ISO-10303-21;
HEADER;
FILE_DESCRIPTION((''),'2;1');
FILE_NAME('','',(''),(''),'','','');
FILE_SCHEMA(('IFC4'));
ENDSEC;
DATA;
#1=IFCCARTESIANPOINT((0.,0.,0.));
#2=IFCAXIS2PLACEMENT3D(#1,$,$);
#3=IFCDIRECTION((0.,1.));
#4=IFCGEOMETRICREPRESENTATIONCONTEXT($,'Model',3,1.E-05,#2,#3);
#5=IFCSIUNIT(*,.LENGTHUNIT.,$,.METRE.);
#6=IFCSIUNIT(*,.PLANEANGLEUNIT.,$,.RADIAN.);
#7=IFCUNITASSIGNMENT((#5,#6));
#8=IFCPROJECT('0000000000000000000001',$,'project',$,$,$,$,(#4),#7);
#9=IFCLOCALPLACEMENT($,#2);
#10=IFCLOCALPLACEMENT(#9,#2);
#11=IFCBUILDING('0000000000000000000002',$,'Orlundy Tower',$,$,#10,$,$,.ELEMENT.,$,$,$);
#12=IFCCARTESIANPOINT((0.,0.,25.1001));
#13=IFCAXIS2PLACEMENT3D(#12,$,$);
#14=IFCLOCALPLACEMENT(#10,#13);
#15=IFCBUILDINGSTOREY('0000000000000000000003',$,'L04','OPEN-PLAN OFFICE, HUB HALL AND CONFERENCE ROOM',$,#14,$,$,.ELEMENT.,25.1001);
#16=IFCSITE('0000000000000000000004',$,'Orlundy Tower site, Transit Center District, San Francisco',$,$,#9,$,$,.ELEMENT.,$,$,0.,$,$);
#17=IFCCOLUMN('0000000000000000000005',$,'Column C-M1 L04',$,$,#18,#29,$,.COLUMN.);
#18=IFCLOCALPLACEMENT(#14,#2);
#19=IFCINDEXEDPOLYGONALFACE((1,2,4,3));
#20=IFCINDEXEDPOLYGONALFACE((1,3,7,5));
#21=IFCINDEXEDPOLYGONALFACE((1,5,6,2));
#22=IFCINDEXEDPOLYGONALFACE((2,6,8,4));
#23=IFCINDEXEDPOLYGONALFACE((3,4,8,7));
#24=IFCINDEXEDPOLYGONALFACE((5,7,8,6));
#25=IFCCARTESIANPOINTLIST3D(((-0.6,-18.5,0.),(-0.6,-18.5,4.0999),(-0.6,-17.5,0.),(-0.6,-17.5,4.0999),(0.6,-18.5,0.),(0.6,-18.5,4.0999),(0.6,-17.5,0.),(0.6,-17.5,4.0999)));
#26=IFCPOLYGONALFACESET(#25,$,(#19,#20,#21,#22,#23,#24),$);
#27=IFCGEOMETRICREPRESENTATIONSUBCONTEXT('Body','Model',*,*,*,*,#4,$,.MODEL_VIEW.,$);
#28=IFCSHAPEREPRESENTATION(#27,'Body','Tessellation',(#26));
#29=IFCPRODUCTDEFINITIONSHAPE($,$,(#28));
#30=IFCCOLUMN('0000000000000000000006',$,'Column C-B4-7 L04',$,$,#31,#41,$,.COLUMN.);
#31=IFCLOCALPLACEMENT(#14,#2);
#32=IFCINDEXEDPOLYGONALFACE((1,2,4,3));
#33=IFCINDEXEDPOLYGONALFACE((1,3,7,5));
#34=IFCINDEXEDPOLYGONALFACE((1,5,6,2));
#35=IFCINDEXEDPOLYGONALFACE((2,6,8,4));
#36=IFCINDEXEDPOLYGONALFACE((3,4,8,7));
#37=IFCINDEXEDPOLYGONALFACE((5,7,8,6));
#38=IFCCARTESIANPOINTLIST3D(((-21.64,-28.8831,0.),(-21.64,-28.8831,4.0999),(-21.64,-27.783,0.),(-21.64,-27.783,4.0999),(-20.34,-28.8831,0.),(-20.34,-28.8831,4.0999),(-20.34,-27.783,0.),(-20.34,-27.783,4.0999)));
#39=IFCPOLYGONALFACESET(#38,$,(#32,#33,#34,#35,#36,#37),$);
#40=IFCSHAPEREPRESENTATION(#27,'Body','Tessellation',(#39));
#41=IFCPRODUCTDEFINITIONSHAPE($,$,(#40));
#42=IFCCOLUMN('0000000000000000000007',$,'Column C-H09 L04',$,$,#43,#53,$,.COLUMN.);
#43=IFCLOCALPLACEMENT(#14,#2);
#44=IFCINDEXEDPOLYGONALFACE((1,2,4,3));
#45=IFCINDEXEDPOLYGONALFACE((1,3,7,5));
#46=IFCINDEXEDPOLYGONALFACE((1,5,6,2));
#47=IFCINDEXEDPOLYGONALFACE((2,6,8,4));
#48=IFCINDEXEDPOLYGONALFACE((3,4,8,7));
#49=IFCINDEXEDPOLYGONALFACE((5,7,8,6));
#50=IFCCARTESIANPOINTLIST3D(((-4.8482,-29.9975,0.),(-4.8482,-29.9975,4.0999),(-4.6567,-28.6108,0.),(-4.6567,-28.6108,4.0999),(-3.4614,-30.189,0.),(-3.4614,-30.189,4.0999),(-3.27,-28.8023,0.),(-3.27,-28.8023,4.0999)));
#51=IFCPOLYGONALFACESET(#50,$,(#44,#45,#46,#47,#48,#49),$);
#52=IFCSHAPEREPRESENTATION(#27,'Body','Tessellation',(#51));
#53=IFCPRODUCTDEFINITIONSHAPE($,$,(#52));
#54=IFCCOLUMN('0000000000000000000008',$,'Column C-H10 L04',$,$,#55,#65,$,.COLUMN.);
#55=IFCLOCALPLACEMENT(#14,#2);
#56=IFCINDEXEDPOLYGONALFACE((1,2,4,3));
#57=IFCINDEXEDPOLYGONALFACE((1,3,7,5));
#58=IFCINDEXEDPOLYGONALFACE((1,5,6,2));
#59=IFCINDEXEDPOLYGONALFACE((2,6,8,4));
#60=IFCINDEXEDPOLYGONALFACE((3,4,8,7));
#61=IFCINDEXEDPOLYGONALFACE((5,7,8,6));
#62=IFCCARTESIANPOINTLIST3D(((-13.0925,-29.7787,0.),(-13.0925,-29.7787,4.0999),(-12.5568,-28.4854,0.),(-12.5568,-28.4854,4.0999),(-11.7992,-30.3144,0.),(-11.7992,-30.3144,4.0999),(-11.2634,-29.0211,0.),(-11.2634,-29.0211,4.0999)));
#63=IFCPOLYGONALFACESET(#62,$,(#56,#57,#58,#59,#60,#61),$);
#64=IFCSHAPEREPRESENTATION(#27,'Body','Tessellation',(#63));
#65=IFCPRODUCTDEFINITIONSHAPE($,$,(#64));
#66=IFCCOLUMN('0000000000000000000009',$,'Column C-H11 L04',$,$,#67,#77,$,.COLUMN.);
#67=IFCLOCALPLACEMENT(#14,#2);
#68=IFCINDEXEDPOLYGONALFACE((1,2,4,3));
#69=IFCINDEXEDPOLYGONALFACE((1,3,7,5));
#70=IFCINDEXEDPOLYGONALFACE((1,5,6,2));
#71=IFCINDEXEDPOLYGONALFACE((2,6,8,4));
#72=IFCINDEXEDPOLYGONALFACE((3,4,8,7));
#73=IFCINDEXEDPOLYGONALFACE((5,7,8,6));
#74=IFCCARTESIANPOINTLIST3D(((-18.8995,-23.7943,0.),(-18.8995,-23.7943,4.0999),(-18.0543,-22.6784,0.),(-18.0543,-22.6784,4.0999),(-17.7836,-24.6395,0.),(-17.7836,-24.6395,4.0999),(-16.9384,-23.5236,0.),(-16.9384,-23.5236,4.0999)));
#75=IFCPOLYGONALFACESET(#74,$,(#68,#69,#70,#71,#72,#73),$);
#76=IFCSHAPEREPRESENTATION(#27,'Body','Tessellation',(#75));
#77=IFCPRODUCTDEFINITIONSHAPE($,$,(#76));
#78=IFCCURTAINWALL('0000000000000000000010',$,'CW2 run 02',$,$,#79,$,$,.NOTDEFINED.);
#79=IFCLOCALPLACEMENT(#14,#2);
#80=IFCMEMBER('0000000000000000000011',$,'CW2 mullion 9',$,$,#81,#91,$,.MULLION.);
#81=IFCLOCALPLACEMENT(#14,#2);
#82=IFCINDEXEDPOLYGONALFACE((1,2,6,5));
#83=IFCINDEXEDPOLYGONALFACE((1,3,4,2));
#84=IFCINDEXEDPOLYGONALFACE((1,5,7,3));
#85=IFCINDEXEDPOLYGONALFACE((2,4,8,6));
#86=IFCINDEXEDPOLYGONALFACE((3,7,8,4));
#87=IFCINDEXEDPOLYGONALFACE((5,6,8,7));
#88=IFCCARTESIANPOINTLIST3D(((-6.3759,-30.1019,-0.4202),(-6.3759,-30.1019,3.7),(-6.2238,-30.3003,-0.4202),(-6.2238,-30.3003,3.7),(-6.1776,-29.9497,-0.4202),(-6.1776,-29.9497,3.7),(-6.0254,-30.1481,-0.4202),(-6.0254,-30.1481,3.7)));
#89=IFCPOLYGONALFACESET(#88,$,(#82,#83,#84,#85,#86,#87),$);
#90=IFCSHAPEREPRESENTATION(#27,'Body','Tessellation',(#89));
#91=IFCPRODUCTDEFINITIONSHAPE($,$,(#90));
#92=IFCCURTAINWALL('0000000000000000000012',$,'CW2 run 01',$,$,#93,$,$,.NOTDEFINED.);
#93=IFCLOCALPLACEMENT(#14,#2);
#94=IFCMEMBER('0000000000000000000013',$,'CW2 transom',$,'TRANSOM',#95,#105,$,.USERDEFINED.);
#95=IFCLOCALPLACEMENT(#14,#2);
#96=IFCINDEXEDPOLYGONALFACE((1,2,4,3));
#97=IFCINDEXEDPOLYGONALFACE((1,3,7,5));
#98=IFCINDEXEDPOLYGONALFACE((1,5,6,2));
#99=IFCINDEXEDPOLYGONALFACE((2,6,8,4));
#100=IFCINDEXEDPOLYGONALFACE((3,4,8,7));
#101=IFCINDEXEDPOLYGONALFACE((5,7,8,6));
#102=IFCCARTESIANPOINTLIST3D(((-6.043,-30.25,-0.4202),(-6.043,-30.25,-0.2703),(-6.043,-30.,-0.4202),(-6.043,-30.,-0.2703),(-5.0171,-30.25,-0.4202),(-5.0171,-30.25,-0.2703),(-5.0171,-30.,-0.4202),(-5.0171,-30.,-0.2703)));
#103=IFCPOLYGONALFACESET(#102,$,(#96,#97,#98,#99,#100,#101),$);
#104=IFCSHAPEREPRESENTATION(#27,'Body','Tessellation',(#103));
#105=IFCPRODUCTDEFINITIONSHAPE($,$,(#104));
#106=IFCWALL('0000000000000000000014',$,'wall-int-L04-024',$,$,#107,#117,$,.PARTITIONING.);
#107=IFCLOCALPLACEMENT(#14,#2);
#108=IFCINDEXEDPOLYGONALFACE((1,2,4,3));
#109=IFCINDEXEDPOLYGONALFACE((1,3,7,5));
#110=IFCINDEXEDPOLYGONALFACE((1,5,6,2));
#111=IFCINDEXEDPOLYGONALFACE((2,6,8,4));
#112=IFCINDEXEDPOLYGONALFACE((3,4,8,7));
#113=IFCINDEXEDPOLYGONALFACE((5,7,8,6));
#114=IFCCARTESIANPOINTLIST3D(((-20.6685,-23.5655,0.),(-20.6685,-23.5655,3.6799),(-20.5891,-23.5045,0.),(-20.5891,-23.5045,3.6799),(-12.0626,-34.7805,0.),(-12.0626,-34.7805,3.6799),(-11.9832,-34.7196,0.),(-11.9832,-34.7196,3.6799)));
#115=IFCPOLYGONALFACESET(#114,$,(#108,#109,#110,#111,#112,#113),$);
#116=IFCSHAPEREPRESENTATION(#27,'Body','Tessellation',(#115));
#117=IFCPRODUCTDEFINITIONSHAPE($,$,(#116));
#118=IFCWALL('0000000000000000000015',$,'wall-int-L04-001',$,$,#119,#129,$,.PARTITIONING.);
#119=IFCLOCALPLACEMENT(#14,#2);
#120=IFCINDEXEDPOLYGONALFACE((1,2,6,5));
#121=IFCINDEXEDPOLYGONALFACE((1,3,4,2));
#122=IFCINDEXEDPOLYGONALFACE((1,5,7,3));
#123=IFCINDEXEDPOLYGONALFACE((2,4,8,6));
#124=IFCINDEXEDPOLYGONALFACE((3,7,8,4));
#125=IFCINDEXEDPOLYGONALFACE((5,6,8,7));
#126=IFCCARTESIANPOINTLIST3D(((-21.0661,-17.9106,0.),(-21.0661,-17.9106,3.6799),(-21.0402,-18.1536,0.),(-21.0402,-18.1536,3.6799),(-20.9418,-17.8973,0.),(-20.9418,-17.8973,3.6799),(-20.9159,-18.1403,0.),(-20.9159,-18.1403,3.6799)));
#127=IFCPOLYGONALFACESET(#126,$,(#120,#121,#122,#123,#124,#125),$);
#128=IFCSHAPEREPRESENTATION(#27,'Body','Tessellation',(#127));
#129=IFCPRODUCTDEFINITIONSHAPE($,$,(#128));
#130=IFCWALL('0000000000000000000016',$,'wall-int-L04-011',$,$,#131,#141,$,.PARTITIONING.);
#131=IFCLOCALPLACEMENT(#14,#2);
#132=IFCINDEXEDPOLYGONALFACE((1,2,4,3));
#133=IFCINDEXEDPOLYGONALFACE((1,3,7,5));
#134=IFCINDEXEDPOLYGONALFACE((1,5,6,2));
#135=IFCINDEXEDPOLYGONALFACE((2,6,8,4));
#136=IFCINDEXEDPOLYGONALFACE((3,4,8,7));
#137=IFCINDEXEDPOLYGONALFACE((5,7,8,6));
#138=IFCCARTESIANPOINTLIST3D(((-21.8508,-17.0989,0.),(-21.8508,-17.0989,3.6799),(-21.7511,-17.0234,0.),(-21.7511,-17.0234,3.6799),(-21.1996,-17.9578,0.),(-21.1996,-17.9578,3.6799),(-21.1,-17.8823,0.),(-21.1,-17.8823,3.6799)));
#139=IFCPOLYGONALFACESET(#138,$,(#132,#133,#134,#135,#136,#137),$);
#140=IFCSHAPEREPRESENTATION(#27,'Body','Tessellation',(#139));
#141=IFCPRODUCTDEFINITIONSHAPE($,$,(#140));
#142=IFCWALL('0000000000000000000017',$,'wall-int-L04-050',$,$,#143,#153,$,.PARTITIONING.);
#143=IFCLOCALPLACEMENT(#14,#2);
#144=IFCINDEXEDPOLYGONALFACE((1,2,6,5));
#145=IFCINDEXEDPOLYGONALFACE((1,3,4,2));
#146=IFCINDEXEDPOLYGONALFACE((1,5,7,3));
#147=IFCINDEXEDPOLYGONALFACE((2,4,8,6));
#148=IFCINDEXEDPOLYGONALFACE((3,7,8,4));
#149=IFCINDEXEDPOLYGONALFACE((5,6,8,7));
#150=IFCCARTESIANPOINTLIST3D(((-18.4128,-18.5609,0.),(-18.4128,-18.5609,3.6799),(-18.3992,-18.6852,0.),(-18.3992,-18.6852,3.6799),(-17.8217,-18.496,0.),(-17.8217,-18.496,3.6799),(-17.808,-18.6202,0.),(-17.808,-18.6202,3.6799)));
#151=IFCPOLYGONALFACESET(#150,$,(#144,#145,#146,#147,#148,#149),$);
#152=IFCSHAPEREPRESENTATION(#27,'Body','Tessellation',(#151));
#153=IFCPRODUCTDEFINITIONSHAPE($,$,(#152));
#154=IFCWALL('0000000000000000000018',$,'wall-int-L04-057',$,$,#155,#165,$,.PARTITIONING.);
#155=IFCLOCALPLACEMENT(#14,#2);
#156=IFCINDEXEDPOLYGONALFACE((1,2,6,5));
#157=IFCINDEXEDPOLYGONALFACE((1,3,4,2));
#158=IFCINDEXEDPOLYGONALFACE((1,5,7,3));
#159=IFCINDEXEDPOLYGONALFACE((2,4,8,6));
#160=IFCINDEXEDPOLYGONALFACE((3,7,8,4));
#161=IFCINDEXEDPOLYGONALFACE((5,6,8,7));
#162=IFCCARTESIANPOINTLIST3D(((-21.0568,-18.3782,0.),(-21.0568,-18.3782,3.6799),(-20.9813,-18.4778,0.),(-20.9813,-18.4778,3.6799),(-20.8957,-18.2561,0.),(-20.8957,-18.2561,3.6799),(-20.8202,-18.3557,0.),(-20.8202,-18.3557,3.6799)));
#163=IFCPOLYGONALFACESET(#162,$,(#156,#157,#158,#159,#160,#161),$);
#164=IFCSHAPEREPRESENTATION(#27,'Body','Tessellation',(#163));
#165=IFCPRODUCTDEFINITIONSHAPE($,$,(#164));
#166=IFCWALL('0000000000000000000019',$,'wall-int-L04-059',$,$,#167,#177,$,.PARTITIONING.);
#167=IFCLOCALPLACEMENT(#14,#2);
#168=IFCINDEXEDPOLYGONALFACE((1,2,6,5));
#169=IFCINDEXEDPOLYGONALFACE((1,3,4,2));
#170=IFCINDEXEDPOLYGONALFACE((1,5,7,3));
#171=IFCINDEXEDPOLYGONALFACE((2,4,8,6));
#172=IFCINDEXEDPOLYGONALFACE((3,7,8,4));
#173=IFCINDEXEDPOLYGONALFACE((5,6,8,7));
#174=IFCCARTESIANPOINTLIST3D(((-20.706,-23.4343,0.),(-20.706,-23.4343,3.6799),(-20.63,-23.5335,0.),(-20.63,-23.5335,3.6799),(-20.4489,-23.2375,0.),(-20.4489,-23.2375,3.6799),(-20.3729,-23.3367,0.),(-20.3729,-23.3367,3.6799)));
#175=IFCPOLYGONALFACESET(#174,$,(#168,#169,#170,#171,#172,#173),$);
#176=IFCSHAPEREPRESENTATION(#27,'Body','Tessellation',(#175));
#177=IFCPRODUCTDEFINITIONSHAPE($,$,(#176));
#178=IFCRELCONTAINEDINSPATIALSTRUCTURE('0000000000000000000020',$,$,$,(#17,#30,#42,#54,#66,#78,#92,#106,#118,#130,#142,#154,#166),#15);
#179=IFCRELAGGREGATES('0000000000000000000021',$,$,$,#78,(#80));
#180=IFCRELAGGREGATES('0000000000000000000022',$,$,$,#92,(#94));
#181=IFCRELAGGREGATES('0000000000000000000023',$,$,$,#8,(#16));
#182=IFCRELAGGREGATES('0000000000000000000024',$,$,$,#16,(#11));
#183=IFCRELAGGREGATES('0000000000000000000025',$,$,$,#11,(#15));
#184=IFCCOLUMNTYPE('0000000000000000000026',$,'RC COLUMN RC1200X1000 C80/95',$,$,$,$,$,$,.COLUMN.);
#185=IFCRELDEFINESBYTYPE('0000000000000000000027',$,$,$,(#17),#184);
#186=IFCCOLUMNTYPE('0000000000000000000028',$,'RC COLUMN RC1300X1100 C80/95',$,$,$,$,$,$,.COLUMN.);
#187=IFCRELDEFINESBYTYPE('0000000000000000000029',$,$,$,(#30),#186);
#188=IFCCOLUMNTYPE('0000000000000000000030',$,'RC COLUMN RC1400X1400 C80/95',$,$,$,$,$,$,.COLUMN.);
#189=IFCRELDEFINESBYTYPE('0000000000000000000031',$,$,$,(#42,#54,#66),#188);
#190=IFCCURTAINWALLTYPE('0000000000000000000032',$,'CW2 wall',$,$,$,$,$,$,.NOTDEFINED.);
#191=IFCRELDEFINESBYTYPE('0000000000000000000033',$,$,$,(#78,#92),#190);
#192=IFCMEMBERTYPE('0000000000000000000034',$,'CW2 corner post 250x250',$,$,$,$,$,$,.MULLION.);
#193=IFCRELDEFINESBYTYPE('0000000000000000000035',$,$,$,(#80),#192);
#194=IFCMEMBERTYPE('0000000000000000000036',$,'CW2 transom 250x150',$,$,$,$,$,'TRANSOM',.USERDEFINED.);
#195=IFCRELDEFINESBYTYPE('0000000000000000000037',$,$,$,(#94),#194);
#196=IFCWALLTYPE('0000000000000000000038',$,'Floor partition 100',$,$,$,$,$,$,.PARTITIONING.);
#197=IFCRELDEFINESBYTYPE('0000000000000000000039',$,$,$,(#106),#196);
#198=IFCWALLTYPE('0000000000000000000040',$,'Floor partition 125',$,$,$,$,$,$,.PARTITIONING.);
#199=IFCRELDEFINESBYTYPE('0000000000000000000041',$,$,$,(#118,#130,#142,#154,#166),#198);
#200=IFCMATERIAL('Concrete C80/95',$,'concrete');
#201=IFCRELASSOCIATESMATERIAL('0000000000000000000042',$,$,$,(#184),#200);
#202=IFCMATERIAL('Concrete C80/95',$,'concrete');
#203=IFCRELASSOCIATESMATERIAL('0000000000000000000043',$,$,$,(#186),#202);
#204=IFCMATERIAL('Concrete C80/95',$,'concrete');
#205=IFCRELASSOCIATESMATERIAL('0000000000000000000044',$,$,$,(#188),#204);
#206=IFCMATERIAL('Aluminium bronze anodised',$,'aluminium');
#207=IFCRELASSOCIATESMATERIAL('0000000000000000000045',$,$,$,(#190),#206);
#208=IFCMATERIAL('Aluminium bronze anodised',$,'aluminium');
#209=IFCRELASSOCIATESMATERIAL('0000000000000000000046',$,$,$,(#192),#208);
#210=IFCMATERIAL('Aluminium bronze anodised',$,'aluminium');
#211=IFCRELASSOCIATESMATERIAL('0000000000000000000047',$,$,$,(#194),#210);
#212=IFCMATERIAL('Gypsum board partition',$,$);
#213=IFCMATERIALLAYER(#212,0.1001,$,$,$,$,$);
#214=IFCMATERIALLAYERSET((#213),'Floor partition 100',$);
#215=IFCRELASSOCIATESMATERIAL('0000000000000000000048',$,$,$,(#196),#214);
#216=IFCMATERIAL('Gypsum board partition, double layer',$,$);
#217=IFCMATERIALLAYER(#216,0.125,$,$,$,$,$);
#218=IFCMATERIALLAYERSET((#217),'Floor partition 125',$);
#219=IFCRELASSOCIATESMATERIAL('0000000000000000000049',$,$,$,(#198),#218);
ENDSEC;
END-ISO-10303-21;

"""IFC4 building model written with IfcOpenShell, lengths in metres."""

from ifc_helpers import new_model, si_unit, direction, frame, frame_2d, origin, origin_2d, place, context, subcontext, project, spatial, rectangle, extrude, material, layer, layer_set, material_profile, profile_set, type_object, element, aggregate, save


model = new_model("IFC4")

# Units and contexts
model_context = context("Model", 3, precision=1e-05, world=origin(), true_north=direction((0.0, 1.0)))
body_context = subcontext(model_context, "Body", "Model", "MODEL_VIEW")
ifc_project = project(units=[si_unit("LENGTHUNIT", "METRE"), si_unit("PLANEANGLEUNIT", "RADIAN")], contexts=[model_context])

# Site, building, storey
site_placement = place(None, origin())
site = spatial("IfcSite", under=ifc_project, at=site_placement, Name="Orlundy Tower site, Transit Center District, San Francisco", CompositionType="ELEMENT", RefElevation=0.0)
building_placement = place(site_placement, origin())
building = spatial("IfcBuilding", under=site, at=building_placement, Name="Orlundy Tower", CompositionType="ELEMENT")
storey_placement = place(building_placement, frame((0.0, 0.0, 25.1001)))
storey = spatial("IfcBuildingStorey", under=building, at=storey_placement, Name="L04", Description="OPEN-PLAN OFFICE, HUB HALL AND CONFERENCE ROOM", CompositionType="ELEMENT", Elevation=25.1001)

# Columns
ifc_material_1 = material(Name="Concrete C80/95", Category="concrete")
ifc_material_profile_1 = material_profile(ifc_material_1, rectangle(XDim=1.2, YDim=1.0, at=origin_2d()), Name="RC1200X1000")
ifc_profile_set_1 = profile_set([ifc_material_profile_1], Name="Concrete C80/95")
column_type_1 = type_object("IfcColumnType", Name="RC COLUMN RC1200X1000 C80/95", PredefinedType="COLUMN", material=ifc_profile_set_1)
column_1_placement = place(storey_placement, frame((0.0, -18.0, 0.0), z_axis=(0.0, 0.0, 1.0), x_axis=(1.0, 0.0, 0.0)))
element("IfcColumn", 1, at=column_1_placement, inside=storey, type_object=column_type_1, Name="Column C-M1 L04", PredefinedType="COLUMN", context=body_context, shape_type="SweptSolid", body=[
    extrude(rectangle(XDim=1.2, YDim=1.0, at=origin_2d()), origin(), (0.0, 0.0, 1.0), 4.0999),
])
ifc_material_2 = material(Name="Concrete C80/95", Category="concrete")
ifc_material_profile_2 = material_profile(ifc_material_2, rectangle(XDim=1.3, YDim=1.1001, at=origin_2d()), Name="RC1300X1100")
ifc_profile_set_2 = profile_set([ifc_material_profile_2], Name="Concrete C80/95")
column_type_2 = type_object("IfcColumnType", Name="RC COLUMN RC1300X1100 C80/95", PredefinedType="COLUMN", material=ifc_profile_set_2)
column_2_placement = place(storey_placement, frame((-20.99, -28.333, 0.0), z_axis=(0.0, 0.0, 1.0), x_axis=(1.0, 0.0, 0.0)))
element("IfcColumn", 2, at=column_2_placement, inside=storey, type_object=column_type_2, Name="Column C-B4-7 L04", PredefinedType="COLUMN", context=body_context, shape_type="SweptSolid", body=[
    extrude(rectangle(XDim=1.3, YDim=1.1001, at=origin_2d()), origin(), (0.0, 0.0, 1.0), 4.0999),
])
ifc_material_3 = material(Name="Concrete C80/95", Category="concrete")
ifc_material_profile_3 = material_profile(ifc_material_3, rectangle(XDim=1.3999, YDim=1.3999, at=origin_2d()), Name="RC1400X1400")
ifc_profile_set_3 = profile_set([ifc_material_profile_3], Name="Concrete C80/95")
column_type_3 = type_object("IfcColumnType", Name="RC COLUMN RC1400X1400 C80/95", PredefinedType="COLUMN", material=ifc_profile_set_3)
for number, where, z_axis, x_axis, name in (
    (3, (-4.0591, -29.3999, 0.0), (0.0, 0.0, 1.0), (-0.13677, -0.990603, 0.0), "Column C-H09 L04"),
    (4, (-12.178, -29.3999, 0.0), (0.0, 0.0, 1.0), (-0.382683, -0.92388, 0.0), "Column C-H10 L04"),
    (5, (-17.9189, -23.6589, 0.0), (0.0, 0.0, 1.0), (-0.603765, -0.797163, 0.0), "Column C-H11 L04"),
):
    element("IfcColumn", number, at=place(storey_placement, frame(where, z_axis=z_axis, x_axis=x_axis)), inside=storey, type_object=column_type_3, Name=name, PredefinedType="COLUMN", context=body_context, shape_type="SweptSolid", body=[
        extrude(rectangle(XDim=1.3999, YDim=1.3999, at=origin_2d()), origin(), (0.0, 0.0, 1.0), 4.0999),
    ])

# Curtain walls, members
ifc_material_4 = material(Name="Aluminium bronze anodised", Category="aluminium")
curtain_wall_type = type_object("IfcCurtainWallType", Name="CW2 wall", PredefinedType="NOTDEFINED", material=ifc_material_4)
curtain_wall_1_placement = place(storey_placement, origin())
curtain_wall_1 = element("IfcCurtainWall", 6, at=curtain_wall_1_placement, inside=storey, type_object=curtain_wall_type, Name="CW2 run 02", PredefinedType="NOTDEFINED")
ifc_material_5 = material(Name="Aluminium bronze anodised", Category="aluminium")
ifc_material_profile_4 = material_profile(ifc_material_5, rectangle(XDim=0.25, YDim=0.25, at=origin_2d()), Name="CW2 corner post 250x250")
ifc_profile_set_4 = profile_set([ifc_material_profile_4], Name="Aluminium bronze anodised")
member_type_1 = type_object("IfcMemberType", Name="CW2 corner post 250x250", PredefinedType="MULLION", material=ifc_profile_set_4)
member_1_placement = place(storey_placement, frame((-6.2007, -30.125, -0.4202), z_axis=(0.0, 0.0, 1.0), x_axis=(0.608763, -0.793352, 0.0)))
member_1 = element("IfcMember", 7, at=member_1_placement, type_object=member_type_1, Name="CW2 mullion 9", PredefinedType="MULLION", context=body_context, shape_type="SweptSolid", body=[
    extrude(rectangle(XDim=0.25, YDim=0.25, at=origin_2d()), origin(), (0.0, 0.0, 1.0), 4.1201),
])
aggregate(curtain_wall_1, [member_1])
curtain_wall_2_placement = place(storey_placement, origin())
curtain_wall_2 = element("IfcCurtainWall", 8, at=curtain_wall_2_placement, inside=storey, type_object=curtain_wall_type, Name="CW2 run 01", PredefinedType="NOTDEFINED")
ifc_material_6 = material(Name="Aluminium bronze anodised", Category="aluminium")
ifc_material_profile_5 = material_profile(ifc_material_6, rectangle(XDim=0.25, YDim=0.1499, at=origin_2d()), Name="CW2 transom 250x150")
ifc_profile_set_5 = profile_set([ifc_material_profile_5], Name="Aluminium bronze anodised")
member_type_2 = type_object("IfcMemberType", Name="CW2 transom 250x150", ElementType="TRANSOM", PredefinedType="USERDEFINED", material=ifc_profile_set_5)
member_2_placement = place(storey_placement, frame((-5.0171, -30.125, -0.3452), z_axis=(-1.0, 0.0, 0.0), x_axis=(0.0, -1.0, 0.0)))
member_2 = element("IfcMember", 9, at=member_2_placement, type_object=member_type_2, Name="CW2 transom", ObjectType="TRANSOM", PredefinedType="USERDEFINED", context=body_context, shape_type="SweptSolid", body=[
    extrude(rectangle(XDim=0.25, YDim=0.1499, at=origin_2d()), origin(), (0.0, 0.0, 1.0), 1.0259),
])
aggregate(curtain_wall_2, [member_2])

# Walls
ifc_material_7 = material(Name="Gypsum board partition")
ifc_layer_1 = layer(ifc_material_7, 0.1001)
ifc_layer_set_1 = layer_set([ifc_layer_1], Name="Floor partition 100")
wall_type_1 = type_object("IfcWallType", Name="Floor partition 100", PredefinedType="PARTITIONING", material=ifc_layer_set_1)
wall_1_placement = place(storey_placement, frame((-20.6289, -23.5349, 0.0), z_axis=(0.0, 0.0, 1.0), x_axis=(0.608776, -0.793342, 0.0)))
element("IfcWall", 10, at=wall_1_placement, inside=storey, type_object=wall_type_1, Name="wall-int-L04-024", PredefinedType="PARTITIONING", context=body_context, shape_type="SweptSolid", body=[
    extrude(rectangle(XDim=14.1365, YDim=0.1001, at=frame_2d((7.0684, 0.0))), origin(), (0.0, 0.0, 1.0), 3.6799),
])
ifc_material_8 = material(Name="Gypsum board partition, double layer")
ifc_layer_2 = layer(ifc_material_8, 0.125)
ifc_layer_set_2 = layer_set([ifc_layer_2], Name="Floor partition 125")
wall_type_2 = type_object("IfcWallType", Name="Floor partition 125", PredefinedType="PARTITIONING", material=ifc_layer_set_2)
wall_2_placement = place(storey_placement, frame((-21.0039, -17.9041, 0.0), z_axis=(0.0, 0.0, 1.0), x_axis=(0.105933, -0.994373, 0.0)))
element("IfcWall", 11, at=wall_2_placement, inside=storey, type_object=wall_type_2, Name="wall-int-L04-001", PredefinedType="PARTITIONING", context=body_context, shape_type="SweptSolid", body=[
    extrude(rectangle(XDim=0.2444, YDim=0.125, at=frame_2d((0.1221, 0.0))), origin(), (0.0, 0.0, 1.0), 3.6799),
])
wall_3_placement = place(storey_placement, frame((-21.801, -17.061, 0.0), z_axis=(0.0, 0.0, 1.0), x_axis=(0.604124, -0.796891, 0.0)))
element("IfcWall", 12, at=wall_3_placement, inside=storey, type_object=wall_type_2, Name="wall-int-L04-011", PredefinedType="PARTITIONING", context=body_context, shape_type="SweptSolid", body=[
    extrude(rectangle(XDim=1.0779, YDim=0.125, at=frame_2d((0.5391, 0.0))), origin(), (0.0, 0.0, 1.0), 3.6799),
])
wall_4_placement = place(storey_placement, frame((-18.406, -18.623, 0.0), z_axis=(0.0, 0.0, 1.0), x_axis=(0.994018, 0.109215, 0.0)))
element("IfcWall", 13, at=wall_4_placement, inside=storey, type_object=wall_type_2, Name="wall-int-L04-050", PredefinedType="PARTITIONING", context=body_context, shape_type="SweptSolid", body=[
    extrude(rectangle(XDim=0.5947, YDim=0.125, at=frame_2d((0.2974, 0.0))), origin(), (0.0, 0.0, 1.0), 3.6799),
])
wall_5_placement = place(storey_placement, frame((-21.019, -18.428, 0.0), z_axis=(0.0, 0.0, 1.0), x_axis=(0.797092, 0.603858, 0.0)))
element("IfcWall", 14, at=wall_5_placement, inside=storey, type_object=wall_type_2, Name="wall-int-L04-057", PredefinedType="PARTITIONING", context=body_context, shape_type="SweptSolid", body=[
    extrude(rectangle(XDim=0.2021, YDim=0.125, at=frame_2d((0.1011, 0.0))), origin(), (0.0, 0.0, 1.0), 3.6799),
])
wall_6_placement = place(storey_placement, frame((-20.668, -23.4839, 0.0), z_axis=(0.0, 0.0, 1.0), x_axis=(0.794079, 0.607814, 0.0)))
element("IfcWall", 15, at=wall_6_placement, inside=storey, type_object=wall_type_2, Name="wall-int-L04-059", PredefinedType="PARTITIONING", context=body_context, shape_type="SweptSolid", body=[
    extrude(rectangle(XDim=0.3237, YDim=0.125, at=frame_2d((0.1619, 0.0))), origin(), (0.0, 0.0, 1.0), 3.6799),
])

save(model, "model.ifc")
